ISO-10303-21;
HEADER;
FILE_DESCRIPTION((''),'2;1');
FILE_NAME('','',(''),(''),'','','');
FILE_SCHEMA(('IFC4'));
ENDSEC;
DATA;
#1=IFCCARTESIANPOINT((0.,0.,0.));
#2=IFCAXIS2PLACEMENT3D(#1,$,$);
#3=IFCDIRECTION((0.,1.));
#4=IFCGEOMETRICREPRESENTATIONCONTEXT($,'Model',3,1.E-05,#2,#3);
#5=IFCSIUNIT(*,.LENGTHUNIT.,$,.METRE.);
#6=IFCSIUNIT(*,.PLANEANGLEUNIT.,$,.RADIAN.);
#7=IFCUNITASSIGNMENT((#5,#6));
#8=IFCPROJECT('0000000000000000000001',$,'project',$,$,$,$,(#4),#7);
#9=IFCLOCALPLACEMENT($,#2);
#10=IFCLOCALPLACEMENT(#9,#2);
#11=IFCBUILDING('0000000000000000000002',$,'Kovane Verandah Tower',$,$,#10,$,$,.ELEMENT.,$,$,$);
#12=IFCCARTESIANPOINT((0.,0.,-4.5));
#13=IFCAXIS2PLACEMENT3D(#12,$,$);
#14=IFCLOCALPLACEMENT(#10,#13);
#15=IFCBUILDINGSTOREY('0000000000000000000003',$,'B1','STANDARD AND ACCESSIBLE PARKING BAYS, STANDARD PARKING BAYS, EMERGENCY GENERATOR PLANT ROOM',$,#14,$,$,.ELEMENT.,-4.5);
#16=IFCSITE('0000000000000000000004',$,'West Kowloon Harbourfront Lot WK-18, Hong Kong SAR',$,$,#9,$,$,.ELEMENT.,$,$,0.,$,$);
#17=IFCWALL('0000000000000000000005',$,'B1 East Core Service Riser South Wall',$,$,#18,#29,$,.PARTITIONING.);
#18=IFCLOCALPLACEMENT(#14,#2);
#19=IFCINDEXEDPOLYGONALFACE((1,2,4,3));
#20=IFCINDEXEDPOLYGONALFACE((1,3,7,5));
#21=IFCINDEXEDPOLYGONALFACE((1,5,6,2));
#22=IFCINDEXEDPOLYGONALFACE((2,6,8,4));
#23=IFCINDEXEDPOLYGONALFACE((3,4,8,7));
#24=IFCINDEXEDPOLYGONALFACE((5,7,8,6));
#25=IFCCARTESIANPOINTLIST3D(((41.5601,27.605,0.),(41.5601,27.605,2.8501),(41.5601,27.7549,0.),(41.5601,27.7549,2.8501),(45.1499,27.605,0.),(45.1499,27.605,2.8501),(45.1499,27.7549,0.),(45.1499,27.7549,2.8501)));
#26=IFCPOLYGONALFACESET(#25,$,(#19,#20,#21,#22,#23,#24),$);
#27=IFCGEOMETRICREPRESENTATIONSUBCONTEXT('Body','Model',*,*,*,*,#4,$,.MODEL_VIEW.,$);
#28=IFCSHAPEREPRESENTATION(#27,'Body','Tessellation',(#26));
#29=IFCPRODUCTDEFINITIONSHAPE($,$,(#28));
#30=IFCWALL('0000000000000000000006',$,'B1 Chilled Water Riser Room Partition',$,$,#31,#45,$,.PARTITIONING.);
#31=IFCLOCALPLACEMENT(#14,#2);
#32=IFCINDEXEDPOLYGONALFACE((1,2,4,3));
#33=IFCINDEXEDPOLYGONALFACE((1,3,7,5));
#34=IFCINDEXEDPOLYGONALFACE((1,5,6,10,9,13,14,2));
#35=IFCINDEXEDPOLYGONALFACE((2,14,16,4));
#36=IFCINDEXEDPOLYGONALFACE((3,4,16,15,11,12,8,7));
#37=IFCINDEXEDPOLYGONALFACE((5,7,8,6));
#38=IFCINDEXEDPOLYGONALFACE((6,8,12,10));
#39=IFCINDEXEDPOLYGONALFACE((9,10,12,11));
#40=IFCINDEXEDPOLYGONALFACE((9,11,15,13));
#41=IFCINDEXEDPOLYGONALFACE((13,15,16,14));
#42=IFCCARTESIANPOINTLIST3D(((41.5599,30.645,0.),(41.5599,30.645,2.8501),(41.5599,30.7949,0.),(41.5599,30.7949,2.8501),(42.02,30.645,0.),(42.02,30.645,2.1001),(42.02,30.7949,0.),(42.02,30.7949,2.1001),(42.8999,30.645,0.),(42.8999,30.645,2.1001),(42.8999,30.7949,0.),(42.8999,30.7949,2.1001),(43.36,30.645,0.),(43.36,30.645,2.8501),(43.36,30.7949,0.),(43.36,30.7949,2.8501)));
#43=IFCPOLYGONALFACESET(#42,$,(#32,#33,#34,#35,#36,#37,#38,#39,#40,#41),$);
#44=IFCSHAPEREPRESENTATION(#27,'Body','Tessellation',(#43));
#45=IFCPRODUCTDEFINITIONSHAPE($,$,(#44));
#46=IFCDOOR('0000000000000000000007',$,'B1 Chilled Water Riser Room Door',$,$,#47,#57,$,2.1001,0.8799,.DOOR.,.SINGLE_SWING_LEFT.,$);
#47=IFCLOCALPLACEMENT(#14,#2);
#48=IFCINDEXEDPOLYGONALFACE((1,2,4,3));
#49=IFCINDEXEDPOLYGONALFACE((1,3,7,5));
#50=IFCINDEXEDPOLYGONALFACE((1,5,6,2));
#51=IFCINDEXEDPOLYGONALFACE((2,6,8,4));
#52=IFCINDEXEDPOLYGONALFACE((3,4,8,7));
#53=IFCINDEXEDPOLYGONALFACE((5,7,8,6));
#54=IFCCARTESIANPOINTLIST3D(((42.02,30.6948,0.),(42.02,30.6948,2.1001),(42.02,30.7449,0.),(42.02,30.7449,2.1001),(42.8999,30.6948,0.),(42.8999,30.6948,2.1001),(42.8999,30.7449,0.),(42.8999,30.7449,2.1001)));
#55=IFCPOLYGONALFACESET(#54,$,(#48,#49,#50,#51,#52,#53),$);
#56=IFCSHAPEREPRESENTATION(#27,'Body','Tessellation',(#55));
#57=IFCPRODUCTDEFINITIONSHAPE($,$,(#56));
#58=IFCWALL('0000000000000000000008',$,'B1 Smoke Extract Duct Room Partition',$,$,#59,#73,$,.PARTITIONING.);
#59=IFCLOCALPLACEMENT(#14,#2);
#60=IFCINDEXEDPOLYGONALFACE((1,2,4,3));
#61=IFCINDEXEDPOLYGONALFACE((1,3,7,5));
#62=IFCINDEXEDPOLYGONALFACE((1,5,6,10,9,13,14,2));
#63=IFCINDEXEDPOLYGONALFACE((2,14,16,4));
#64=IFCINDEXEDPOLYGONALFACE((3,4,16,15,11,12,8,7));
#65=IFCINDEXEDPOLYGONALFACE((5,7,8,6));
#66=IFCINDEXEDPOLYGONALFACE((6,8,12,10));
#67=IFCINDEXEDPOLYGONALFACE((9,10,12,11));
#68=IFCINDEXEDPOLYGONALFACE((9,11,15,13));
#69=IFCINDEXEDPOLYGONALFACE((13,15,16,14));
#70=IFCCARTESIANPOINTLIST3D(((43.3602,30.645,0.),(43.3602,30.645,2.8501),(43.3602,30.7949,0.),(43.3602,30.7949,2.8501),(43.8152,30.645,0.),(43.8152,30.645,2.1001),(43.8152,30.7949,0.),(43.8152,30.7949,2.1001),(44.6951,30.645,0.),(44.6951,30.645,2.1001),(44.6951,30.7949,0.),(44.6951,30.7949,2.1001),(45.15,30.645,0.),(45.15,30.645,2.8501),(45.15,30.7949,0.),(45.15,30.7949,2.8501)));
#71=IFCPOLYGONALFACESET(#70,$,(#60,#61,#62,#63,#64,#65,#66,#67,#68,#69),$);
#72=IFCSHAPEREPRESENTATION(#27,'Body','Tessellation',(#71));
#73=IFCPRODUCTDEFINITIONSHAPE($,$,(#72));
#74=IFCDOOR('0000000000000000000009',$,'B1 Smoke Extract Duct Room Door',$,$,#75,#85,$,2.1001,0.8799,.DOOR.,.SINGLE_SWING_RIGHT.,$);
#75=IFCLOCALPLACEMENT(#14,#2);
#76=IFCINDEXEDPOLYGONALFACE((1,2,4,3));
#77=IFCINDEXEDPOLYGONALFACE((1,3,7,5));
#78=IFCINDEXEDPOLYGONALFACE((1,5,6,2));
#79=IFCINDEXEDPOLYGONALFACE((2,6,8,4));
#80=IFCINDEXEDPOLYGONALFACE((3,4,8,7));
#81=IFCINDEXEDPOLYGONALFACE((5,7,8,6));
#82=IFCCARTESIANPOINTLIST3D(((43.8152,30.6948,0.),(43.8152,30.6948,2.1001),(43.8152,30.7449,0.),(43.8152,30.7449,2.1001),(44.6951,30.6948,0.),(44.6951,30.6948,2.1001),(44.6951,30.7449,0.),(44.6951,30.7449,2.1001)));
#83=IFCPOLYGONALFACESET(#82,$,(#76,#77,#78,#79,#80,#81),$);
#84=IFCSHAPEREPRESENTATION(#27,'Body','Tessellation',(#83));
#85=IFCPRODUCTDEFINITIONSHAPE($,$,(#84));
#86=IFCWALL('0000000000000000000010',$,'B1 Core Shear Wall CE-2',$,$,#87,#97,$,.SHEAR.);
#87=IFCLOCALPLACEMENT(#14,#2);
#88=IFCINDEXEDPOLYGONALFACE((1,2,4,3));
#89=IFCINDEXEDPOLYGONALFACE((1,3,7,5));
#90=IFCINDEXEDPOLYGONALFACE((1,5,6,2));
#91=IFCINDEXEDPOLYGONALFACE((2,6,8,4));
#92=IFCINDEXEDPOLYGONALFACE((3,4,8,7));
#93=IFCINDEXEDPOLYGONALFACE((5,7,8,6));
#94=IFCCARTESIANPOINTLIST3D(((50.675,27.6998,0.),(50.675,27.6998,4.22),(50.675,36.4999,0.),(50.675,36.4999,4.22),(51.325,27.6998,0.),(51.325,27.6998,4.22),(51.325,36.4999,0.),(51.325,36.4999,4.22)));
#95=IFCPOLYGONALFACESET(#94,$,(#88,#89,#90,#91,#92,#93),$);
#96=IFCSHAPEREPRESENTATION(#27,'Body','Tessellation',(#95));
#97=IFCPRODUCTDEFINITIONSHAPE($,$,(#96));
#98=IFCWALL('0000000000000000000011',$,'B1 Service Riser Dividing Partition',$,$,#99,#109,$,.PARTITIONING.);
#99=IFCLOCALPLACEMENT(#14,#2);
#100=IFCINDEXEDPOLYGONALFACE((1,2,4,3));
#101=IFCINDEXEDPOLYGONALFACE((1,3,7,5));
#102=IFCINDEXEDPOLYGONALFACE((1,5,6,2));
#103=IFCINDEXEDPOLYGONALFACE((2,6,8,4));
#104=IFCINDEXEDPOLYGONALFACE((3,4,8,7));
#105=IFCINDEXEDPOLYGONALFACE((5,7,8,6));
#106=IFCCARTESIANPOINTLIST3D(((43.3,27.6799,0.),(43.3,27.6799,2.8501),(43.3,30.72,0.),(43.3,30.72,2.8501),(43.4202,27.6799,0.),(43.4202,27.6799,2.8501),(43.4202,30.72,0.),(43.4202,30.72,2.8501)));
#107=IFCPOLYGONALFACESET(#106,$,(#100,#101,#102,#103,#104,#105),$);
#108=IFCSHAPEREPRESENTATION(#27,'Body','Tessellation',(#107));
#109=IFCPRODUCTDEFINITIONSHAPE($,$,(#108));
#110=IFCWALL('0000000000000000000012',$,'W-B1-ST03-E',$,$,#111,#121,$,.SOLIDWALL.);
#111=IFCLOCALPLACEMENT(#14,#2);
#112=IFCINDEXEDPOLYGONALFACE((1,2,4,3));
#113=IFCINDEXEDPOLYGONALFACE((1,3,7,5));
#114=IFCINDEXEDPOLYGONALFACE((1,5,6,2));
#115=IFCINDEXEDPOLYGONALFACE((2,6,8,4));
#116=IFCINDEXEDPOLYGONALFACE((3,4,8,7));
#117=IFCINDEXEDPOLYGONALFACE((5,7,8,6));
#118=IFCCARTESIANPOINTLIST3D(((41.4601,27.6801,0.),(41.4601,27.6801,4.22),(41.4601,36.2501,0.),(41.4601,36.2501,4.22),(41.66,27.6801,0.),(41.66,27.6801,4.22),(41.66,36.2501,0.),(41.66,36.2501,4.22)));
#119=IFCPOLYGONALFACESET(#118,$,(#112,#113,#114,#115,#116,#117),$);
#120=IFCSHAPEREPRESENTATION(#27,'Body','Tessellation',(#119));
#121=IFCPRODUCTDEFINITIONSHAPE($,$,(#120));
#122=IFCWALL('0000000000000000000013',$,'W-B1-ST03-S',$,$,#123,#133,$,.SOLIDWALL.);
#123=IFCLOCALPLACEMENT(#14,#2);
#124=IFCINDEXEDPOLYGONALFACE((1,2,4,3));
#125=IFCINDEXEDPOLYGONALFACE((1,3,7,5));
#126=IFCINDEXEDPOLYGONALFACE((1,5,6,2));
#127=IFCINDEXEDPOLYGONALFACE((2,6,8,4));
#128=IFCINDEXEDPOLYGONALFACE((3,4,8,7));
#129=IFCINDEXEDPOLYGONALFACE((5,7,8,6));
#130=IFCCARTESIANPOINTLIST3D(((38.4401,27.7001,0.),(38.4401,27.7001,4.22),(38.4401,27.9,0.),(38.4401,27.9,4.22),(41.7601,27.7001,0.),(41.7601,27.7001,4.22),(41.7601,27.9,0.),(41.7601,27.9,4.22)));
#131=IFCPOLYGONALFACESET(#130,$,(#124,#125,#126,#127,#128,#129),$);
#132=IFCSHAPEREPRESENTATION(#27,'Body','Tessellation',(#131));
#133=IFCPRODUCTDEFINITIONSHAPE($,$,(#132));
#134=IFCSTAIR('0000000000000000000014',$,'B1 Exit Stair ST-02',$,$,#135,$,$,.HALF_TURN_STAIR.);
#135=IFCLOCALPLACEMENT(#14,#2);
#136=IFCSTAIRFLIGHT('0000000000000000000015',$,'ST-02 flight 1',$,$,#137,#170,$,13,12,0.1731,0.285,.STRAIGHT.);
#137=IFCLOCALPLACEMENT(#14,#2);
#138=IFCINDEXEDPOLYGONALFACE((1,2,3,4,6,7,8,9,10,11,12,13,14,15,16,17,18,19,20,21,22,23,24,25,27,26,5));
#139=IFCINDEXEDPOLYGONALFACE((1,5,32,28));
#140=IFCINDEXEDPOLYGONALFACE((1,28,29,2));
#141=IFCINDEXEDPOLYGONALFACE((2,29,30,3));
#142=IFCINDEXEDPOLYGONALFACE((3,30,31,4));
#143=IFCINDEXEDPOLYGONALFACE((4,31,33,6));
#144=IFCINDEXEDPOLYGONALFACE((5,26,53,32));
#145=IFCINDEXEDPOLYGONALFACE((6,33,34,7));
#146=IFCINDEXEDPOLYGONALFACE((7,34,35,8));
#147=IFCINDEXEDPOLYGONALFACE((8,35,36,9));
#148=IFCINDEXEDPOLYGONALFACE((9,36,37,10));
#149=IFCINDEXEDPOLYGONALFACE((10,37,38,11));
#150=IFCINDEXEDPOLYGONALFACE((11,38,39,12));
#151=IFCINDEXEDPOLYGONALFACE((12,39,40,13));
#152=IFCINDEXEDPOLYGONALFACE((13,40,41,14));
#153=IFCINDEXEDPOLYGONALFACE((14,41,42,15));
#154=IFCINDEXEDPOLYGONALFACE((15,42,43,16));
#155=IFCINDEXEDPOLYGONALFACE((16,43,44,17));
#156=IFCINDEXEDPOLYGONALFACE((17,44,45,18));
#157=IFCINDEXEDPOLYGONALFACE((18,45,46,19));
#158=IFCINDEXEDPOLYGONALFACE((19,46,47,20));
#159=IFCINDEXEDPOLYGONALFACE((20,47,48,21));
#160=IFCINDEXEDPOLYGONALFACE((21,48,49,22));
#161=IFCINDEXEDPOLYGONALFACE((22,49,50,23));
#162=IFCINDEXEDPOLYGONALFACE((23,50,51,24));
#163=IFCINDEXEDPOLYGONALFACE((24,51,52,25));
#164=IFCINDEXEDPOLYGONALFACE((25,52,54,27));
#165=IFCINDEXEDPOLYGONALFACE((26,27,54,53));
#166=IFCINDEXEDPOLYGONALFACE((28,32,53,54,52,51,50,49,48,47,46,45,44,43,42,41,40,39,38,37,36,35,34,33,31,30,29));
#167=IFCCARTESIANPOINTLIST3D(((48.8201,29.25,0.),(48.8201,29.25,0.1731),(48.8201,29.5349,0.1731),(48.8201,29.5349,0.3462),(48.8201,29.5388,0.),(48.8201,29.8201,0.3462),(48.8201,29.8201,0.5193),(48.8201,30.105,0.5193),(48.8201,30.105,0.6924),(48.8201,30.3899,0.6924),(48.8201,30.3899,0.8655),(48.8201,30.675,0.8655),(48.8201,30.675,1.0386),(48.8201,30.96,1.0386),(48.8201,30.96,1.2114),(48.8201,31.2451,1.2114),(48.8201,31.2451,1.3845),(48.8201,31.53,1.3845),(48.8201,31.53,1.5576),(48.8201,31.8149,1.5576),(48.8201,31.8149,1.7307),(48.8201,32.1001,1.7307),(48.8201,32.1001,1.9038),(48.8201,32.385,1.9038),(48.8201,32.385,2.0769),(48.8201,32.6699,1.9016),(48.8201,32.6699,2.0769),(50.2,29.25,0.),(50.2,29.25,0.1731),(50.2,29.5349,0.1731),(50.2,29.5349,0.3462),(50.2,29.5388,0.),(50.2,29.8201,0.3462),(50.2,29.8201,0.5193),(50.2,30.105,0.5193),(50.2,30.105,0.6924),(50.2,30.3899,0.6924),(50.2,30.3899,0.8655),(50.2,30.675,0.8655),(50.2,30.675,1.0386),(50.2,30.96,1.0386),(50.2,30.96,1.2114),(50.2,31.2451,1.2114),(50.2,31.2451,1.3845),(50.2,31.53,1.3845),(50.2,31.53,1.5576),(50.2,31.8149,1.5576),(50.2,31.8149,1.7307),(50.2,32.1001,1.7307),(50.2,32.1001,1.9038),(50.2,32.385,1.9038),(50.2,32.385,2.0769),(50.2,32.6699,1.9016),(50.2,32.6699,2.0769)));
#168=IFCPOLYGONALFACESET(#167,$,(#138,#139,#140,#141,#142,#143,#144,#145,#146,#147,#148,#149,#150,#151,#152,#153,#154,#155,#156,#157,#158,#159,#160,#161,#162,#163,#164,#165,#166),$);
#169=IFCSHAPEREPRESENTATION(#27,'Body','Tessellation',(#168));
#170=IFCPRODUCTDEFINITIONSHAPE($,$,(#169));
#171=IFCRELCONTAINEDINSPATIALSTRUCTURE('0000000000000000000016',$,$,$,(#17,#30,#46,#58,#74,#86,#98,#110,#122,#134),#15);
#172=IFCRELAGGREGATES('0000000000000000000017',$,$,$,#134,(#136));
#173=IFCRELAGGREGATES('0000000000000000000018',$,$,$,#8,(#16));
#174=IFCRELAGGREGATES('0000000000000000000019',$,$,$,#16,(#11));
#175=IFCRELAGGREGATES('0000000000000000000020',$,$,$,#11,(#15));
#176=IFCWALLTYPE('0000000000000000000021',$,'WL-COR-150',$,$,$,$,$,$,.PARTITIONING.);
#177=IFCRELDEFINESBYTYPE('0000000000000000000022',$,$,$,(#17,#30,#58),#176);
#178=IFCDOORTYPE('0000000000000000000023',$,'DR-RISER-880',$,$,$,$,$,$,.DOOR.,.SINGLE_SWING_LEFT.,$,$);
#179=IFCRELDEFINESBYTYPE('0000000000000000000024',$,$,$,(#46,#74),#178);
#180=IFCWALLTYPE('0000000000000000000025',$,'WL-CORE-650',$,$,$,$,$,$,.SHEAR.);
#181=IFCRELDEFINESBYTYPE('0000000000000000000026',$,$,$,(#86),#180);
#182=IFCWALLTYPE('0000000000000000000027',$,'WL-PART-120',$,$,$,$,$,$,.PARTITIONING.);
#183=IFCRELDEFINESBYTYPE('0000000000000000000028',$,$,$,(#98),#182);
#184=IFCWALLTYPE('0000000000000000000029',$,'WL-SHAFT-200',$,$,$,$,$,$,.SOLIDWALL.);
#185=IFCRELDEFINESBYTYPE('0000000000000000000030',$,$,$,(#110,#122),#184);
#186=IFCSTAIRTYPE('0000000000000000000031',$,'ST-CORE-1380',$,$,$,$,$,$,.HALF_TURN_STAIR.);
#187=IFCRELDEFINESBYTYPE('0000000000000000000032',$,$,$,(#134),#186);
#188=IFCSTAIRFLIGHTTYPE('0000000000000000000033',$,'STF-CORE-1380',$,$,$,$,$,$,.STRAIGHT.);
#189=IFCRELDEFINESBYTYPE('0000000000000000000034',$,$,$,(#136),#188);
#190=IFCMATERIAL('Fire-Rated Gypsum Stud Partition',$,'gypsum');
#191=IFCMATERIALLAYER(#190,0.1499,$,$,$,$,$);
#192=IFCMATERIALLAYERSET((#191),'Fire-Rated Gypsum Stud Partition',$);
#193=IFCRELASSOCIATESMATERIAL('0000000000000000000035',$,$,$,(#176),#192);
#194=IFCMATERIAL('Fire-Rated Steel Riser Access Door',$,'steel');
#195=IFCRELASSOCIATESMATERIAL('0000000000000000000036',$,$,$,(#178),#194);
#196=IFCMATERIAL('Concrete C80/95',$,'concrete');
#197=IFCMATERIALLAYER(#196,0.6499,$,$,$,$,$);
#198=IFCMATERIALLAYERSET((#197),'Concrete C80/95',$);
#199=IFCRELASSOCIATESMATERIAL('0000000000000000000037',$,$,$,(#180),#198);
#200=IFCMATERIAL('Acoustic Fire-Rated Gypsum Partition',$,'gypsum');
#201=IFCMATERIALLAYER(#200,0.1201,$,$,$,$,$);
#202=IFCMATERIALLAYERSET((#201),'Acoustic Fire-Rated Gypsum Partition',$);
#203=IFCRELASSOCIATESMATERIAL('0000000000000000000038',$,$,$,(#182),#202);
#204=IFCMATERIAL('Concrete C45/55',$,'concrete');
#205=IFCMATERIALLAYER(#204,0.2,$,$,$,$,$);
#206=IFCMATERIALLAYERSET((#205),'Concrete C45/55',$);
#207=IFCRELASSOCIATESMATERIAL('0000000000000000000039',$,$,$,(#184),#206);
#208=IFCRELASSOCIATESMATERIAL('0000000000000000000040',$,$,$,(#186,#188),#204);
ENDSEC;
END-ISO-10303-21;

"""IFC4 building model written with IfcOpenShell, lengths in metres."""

from ifc_helpers import new_model, si_unit, direction, frame, frame_2d, origin, place, context, subcontext, project, spatial, polyline, rectangle, outline, extrude, material, layer, layer_set, type_object, element, fill, aggregate, save


model = new_model("IFC4")

# Units and contexts
model_context = context("Model", 3, precision=1e-05, world=origin(), true_north=direction((0.0, 1.0)))
body_context = subcontext(model_context, "Body", "Model", "MODEL_VIEW")
ifc_project = project(units=[si_unit("LENGTHUNIT", "METRE"), si_unit("PLANEANGLEUNIT", "RADIAN")], contexts=[model_context])

# Site, building, storey
site_placement = place(None, origin())
site = spatial("IfcSite", under=ifc_project, at=site_placement, Name="West Kowloon Harbourfront Lot WK-18, Hong Kong SAR", CompositionType="ELEMENT", RefElevation=0.0)
building_placement = place(site_placement, origin())
building = spatial("IfcBuilding", under=site, at=building_placement, Name="Kovane Verandah Tower", CompositionType="ELEMENT")
storey_placement = place(building_placement, frame((0.0, 0.0, -4.5)))
storey = spatial("IfcBuildingStorey", under=building, at=storey_placement, Name="B1", Description="STANDARD AND ACCESSIBLE PARKING BAYS, STANDARD PARKING BAYS, EMERGENCY GENERATOR PLANT ROOM", CompositionType="ELEMENT", Elevation=-4.5)

# Wall
ifc_material_1 = material(Name="Fire-Rated Gypsum Stud Partition", Category="gypsum")
ifc_layer_1 = layer(ifc_material_1, 0.1499)
ifc_layer_set_1 = layer_set([ifc_layer_1], Name="Fire-Rated Gypsum Stud Partition")
wall_type_1 = type_object("IfcWallType", Name="WL-COR-150", PredefinedType="PARTITIONING", material=ifc_layer_set_1)
wall_1_placement = place(storey_placement, frame((41.5601, 27.6799, 0.0), z_axis=(0.0, 0.0, 1.0), x_axis=(1.0, 0.0, 0.0)))
element("IfcWall", 1, at=wall_1_placement, inside=storey, type_object=wall_type_1, Name="B1 East Core Service Riser South Wall", PredefinedType="PARTITIONING", context=body_context, shape_type="SweptSolid", body=[
    extrude(rectangle(XDim=3.5898, YDim=0.1499, at=frame_2d((1.7949, 0.0))), origin(), (0.0, 0.0, 1.0), 2.8501),
])

# Walls, openings, doors
wall_2_placement = place(storey_placement, frame((41.5601, 30.72, 0.0), z_axis=(0.0, 0.0, 1.0), x_axis=(1.0, 0.0, 0.0)))
wall_2 = element("IfcWall", 2, at=wall_2_placement, inside=storey, type_object=wall_type_1, Name="B1 Chilled Water Riser Room Partition", PredefinedType="PARTITIONING", context=body_context, shape_type="SweptSolid", body=[
    extrude(rectangle(XDim=1.8, YDim=0.1499, at=frame_2d((0.8999, 0.0))), origin(), (0.0, 0.0, 1.0), 2.8501),
])
opening_1_placement = place(wall_2_placement, frame((0.46, 0.0, 0.0)))
opening_1 = element("IfcOpeningElement", 3, at=opening_1_placement, cuts=wall_2, PredefinedType="OPENING", context=body_context, shape_type="SweptSolid", body=[
    extrude(rectangle(XDim=0.8799, YDim=2.1001, at=frame_2d((0.4399, 1.05))), frame((0.0, 0.075, 0.0), z_axis=(0.0, -1.0, 0.0), x_axis=(1.0, 0.0, 0.0)), (0.0, 0.0, 1.0), 0.1499),
])
ifc_material_2 = material(Name="Fire-Rated Steel Riser Access Door", Category="steel")
door_type = type_object("IfcDoorType", Name="DR-RISER-880", OperationType="SINGLE_SWING_LEFT", PredefinedType="DOOR", material=ifc_material_2)
door_1_placement = place(opening_1_placement, origin())
door_1 = element("IfcDoor", 4, at=door_1_placement, inside=storey, type_object=door_type, Name="B1 Chilled Water Riser Room Door", OperationType="SINGLE_SWING_LEFT", OverallHeight=2.1001, OverallWidth=0.8799, PredefinedType="DOOR", context=body_context, shape_type="SweptSolid", body=[
    extrude(rectangle(XDim=0.8799, YDim=2.1001, at=frame_2d((0.4399, 1.05))), frame((0.0, 0.0249, 0.0), z_axis=(0.0, -1.0, 0.0), x_axis=(1.0, 0.0, 0.0)), (0.0, 0.0, 1.0), 0.05),
])
fill(opening_1, door_1)
wall_3_placement = place(storey_placement, frame((43.3601, 30.72, 0.0), z_axis=(0.0, 0.0, 1.0), x_axis=(1.0, 0.0, 0.0)))
wall_3 = element("IfcWall", 5, at=wall_3_placement, inside=storey, type_object=wall_type_1, Name="B1 Smoke Extract Duct Room Partition", PredefinedType="PARTITIONING", context=body_context, shape_type="SweptSolid", body=[
    extrude(rectangle(XDim=1.7898, YDim=0.1499, at=frame_2d((0.895, 0.0))), origin(), (0.0, 0.0, 1.0), 2.8501),
])
opening_2_placement = place(wall_3_placement, frame((0.4551, 0.0, 0.0)))
opening_2 = element("IfcOpeningElement", 6, at=opening_2_placement, cuts=wall_3, PredefinedType="OPENING", context=body_context, shape_type="SweptSolid", body=[
    extrude(rectangle(XDim=0.8799, YDim=2.1001, at=frame_2d((0.4399, 1.05))), frame((0.0, 0.075, 0.0), z_axis=(0.0, -1.0, 0.0), x_axis=(1.0, 0.0, 0.0)), (0.0, 0.0, 1.0), 0.1499),
])
door_2_placement = place(opening_2_placement, origin())
door_2 = element("IfcDoor", 7, at=door_2_placement, inside=storey, type_object=door_type, Name="B1 Smoke Extract Duct Room Door", OperationType="SINGLE_SWING_RIGHT", OverallHeight=2.1001, OverallWidth=0.8799, PredefinedType="DOOR", context=body_context, shape_type="SweptSolid", body=[
    extrude(rectangle(XDim=0.8799, YDim=2.1001, at=frame_2d((0.4399, 1.05))), frame((0.0, 0.0249, 0.0), z_axis=(0.0, -1.0, 0.0), x_axis=(1.0, 0.0, 0.0)), (0.0, 0.0, 1.0), 0.05),
])
fill(opening_2, door_2)

# Walls
ifc_material_3 = material(Name="Concrete C80/95", Category="concrete")
ifc_layer_2 = layer(ifc_material_3, 0.6499)
ifc_layer_set_2 = layer_set([ifc_layer_2], Name="Concrete C80/95")
wall_type_2 = type_object("IfcWallType", Name="WL-CORE-650", PredefinedType="SHEAR", material=ifc_layer_set_2)
wall_4_placement = place(storey_placement, frame((51.0, 27.7, 0.0), z_axis=(0.0, 0.0, 1.0), x_axis=(0.0, 1.0, 0.0)))
element("IfcWall", 8, at=wall_4_placement, inside=storey, type_object=wall_type_2, Name="B1 Core Shear Wall CE-2", PredefinedType="SHEAR", context=body_context, shape_type="SweptSolid", body=[
    extrude(rectangle(XDim=8.8, YDim=0.6499, at=frame_2d((4.3999, 0.0))), origin(), (0.0, 0.0, 1.0), 4.22),
])
ifc_material_4 = material(Name="Acoustic Fire-Rated Gypsum Partition", Category="gypsum")
ifc_layer_3 = layer(ifc_material_4, 0.1201)
ifc_layer_set_3 = layer_set([ifc_layer_3], Name="Acoustic Fire-Rated Gypsum Partition")
wall_type_3 = type_object("IfcWallType", Name="WL-PART-120", PredefinedType="PARTITIONING", material=ifc_layer_set_3)
wall_5_placement = place(storey_placement, frame((43.3601, 27.6799, 0.0), z_axis=(0.0, 0.0, 1.0), x_axis=(0.0, 1.0, 0.0)))
element("IfcWall", 9, at=wall_5_placement, inside=storey, type_object=wall_type_3, Name="B1 Service Riser Dividing Partition", PredefinedType="PARTITIONING", context=body_context, shape_type="SweptSolid", body=[
    extrude(rectangle(XDim=3.04, YDim=0.1201, at=frame_2d((1.52, 0.0))), origin(), (0.0, 0.0, 1.0), 2.8501),
])
ifc_material_5 = material(Name="Concrete C45/55", Category="concrete")
ifc_layer_4 = layer(ifc_material_5, 0.2)
ifc_layer_set_4 = layer_set([ifc_layer_4], Name="Concrete C45/55")
wall_type_4 = type_object("IfcWallType", Name="WL-SHAFT-200", PredefinedType="SOLIDWALL", material=ifc_layer_set_4)
wall_6_placement = place(storey_placement, frame((41.5601, 27.6799, 0.0), z_axis=(0.0, 0.0, 1.0), x_axis=(0.0, 1.0, 0.0)))
element("IfcWall", 10, at=wall_6_placement, inside=storey, type_object=wall_type_4, Name="W-B1-ST03-E", PredefinedType="SOLIDWALL", context=body_context, shape_type="SweptSolid", body=[
    extrude(rectangle(XDim=8.5701, YDim=0.2, at=frame_2d((4.2852, 0.0))), origin(), (0.0, 0.0, 1.0), 4.22),
])
wall_7_placement = place(storey_placement, frame((38.4399, 27.8, 0.0), z_axis=(0.0, 0.0, 1.0), x_axis=(1.0, 0.0, 0.0)))
element("IfcWall", 11, at=wall_7_placement, inside=storey, type_object=wall_type_4, Name="W-B1-ST03-S", PredefinedType="SOLIDWALL", context=body_context, shape_type="SweptSolid", body=[
    extrude(rectangle(XDim=3.3201, YDim=0.2, at=frame_2d((1.6602, 0.0))), origin(), (0.0, 0.0, 1.0), 4.22),
])

# Stair, stair flight
stair_type = type_object("IfcStairType", Name="ST-CORE-1380", PredefinedType="HALF_TURN_STAIR", material=ifc_material_5)
stair_1_placement = place(storey_placement, origin())
stair_1 = element("IfcStair", 12, at=stair_1_placement, inside=storey, type_object=stair_type, Name="B1 Exit Stair ST-02", PredefinedType="HALF_TURN_STAIR")
stair_flight_type = type_object("IfcStairFlightType", Name="STF-CORE-1380", PredefinedType="STRAIGHT", material=ifc_material_5)
stair_flight_1_placement = place(storey_placement, frame((49.51, 29.25, 0.0), z_axis=(0.0, 0.0, 1.0), x_axis=(0.0, 1.0, 0.0)))
stair_flight_1 = element("IfcStairFlight", 13, at=stair_flight_1_placement, type_object=stair_flight_type, Name="ST-02 flight 1", NumberOfRisers=13, NumberOfTreads=12, PredefinedType="STRAIGHT", RiserHeight=0.1731, TreadLength=0.285, context=body_context, shape_type="SweptSolid", body=[
    extrude(outline(polyline([(0.0, 0.0), (0.0, 0.1731), (0.2849, 0.1731), (0.2849, 0.3462), (0.5701, 0.3462), (0.5701, 0.5193), (0.855, 0.5193), (0.855, 0.6924), (1.1399, 0.6924), (1.1399, 0.8655), (1.425, 0.8655), (1.425, 1.0386), (1.71, 1.0386), (1.71, 1.2114), (1.9951, 1.2114), (1.9951, 1.3845), (2.28, 1.3845), (2.28, 1.5576), (2.5649, 1.5576), (2.5649, 1.7307), (2.8501, 1.7307), (2.8501, 1.9038), (3.135, 1.9038), (3.135, 2.0769), (3.4199, 2.0769), (3.4199, 2.25), (3.4199, 1.9016), (0.2888, 0.0), (0.0, 0.0)])), frame((0.0, 0.6899, 0.0), z_axis=(0.0, -1.0, 0.0), x_axis=(1.0, 0.0, 0.0)), (0.0, 0.0, 1.0), 1.3799),
])
aggregate(stair_1, [stair_flight_1])

save(model, "model.ifc")
